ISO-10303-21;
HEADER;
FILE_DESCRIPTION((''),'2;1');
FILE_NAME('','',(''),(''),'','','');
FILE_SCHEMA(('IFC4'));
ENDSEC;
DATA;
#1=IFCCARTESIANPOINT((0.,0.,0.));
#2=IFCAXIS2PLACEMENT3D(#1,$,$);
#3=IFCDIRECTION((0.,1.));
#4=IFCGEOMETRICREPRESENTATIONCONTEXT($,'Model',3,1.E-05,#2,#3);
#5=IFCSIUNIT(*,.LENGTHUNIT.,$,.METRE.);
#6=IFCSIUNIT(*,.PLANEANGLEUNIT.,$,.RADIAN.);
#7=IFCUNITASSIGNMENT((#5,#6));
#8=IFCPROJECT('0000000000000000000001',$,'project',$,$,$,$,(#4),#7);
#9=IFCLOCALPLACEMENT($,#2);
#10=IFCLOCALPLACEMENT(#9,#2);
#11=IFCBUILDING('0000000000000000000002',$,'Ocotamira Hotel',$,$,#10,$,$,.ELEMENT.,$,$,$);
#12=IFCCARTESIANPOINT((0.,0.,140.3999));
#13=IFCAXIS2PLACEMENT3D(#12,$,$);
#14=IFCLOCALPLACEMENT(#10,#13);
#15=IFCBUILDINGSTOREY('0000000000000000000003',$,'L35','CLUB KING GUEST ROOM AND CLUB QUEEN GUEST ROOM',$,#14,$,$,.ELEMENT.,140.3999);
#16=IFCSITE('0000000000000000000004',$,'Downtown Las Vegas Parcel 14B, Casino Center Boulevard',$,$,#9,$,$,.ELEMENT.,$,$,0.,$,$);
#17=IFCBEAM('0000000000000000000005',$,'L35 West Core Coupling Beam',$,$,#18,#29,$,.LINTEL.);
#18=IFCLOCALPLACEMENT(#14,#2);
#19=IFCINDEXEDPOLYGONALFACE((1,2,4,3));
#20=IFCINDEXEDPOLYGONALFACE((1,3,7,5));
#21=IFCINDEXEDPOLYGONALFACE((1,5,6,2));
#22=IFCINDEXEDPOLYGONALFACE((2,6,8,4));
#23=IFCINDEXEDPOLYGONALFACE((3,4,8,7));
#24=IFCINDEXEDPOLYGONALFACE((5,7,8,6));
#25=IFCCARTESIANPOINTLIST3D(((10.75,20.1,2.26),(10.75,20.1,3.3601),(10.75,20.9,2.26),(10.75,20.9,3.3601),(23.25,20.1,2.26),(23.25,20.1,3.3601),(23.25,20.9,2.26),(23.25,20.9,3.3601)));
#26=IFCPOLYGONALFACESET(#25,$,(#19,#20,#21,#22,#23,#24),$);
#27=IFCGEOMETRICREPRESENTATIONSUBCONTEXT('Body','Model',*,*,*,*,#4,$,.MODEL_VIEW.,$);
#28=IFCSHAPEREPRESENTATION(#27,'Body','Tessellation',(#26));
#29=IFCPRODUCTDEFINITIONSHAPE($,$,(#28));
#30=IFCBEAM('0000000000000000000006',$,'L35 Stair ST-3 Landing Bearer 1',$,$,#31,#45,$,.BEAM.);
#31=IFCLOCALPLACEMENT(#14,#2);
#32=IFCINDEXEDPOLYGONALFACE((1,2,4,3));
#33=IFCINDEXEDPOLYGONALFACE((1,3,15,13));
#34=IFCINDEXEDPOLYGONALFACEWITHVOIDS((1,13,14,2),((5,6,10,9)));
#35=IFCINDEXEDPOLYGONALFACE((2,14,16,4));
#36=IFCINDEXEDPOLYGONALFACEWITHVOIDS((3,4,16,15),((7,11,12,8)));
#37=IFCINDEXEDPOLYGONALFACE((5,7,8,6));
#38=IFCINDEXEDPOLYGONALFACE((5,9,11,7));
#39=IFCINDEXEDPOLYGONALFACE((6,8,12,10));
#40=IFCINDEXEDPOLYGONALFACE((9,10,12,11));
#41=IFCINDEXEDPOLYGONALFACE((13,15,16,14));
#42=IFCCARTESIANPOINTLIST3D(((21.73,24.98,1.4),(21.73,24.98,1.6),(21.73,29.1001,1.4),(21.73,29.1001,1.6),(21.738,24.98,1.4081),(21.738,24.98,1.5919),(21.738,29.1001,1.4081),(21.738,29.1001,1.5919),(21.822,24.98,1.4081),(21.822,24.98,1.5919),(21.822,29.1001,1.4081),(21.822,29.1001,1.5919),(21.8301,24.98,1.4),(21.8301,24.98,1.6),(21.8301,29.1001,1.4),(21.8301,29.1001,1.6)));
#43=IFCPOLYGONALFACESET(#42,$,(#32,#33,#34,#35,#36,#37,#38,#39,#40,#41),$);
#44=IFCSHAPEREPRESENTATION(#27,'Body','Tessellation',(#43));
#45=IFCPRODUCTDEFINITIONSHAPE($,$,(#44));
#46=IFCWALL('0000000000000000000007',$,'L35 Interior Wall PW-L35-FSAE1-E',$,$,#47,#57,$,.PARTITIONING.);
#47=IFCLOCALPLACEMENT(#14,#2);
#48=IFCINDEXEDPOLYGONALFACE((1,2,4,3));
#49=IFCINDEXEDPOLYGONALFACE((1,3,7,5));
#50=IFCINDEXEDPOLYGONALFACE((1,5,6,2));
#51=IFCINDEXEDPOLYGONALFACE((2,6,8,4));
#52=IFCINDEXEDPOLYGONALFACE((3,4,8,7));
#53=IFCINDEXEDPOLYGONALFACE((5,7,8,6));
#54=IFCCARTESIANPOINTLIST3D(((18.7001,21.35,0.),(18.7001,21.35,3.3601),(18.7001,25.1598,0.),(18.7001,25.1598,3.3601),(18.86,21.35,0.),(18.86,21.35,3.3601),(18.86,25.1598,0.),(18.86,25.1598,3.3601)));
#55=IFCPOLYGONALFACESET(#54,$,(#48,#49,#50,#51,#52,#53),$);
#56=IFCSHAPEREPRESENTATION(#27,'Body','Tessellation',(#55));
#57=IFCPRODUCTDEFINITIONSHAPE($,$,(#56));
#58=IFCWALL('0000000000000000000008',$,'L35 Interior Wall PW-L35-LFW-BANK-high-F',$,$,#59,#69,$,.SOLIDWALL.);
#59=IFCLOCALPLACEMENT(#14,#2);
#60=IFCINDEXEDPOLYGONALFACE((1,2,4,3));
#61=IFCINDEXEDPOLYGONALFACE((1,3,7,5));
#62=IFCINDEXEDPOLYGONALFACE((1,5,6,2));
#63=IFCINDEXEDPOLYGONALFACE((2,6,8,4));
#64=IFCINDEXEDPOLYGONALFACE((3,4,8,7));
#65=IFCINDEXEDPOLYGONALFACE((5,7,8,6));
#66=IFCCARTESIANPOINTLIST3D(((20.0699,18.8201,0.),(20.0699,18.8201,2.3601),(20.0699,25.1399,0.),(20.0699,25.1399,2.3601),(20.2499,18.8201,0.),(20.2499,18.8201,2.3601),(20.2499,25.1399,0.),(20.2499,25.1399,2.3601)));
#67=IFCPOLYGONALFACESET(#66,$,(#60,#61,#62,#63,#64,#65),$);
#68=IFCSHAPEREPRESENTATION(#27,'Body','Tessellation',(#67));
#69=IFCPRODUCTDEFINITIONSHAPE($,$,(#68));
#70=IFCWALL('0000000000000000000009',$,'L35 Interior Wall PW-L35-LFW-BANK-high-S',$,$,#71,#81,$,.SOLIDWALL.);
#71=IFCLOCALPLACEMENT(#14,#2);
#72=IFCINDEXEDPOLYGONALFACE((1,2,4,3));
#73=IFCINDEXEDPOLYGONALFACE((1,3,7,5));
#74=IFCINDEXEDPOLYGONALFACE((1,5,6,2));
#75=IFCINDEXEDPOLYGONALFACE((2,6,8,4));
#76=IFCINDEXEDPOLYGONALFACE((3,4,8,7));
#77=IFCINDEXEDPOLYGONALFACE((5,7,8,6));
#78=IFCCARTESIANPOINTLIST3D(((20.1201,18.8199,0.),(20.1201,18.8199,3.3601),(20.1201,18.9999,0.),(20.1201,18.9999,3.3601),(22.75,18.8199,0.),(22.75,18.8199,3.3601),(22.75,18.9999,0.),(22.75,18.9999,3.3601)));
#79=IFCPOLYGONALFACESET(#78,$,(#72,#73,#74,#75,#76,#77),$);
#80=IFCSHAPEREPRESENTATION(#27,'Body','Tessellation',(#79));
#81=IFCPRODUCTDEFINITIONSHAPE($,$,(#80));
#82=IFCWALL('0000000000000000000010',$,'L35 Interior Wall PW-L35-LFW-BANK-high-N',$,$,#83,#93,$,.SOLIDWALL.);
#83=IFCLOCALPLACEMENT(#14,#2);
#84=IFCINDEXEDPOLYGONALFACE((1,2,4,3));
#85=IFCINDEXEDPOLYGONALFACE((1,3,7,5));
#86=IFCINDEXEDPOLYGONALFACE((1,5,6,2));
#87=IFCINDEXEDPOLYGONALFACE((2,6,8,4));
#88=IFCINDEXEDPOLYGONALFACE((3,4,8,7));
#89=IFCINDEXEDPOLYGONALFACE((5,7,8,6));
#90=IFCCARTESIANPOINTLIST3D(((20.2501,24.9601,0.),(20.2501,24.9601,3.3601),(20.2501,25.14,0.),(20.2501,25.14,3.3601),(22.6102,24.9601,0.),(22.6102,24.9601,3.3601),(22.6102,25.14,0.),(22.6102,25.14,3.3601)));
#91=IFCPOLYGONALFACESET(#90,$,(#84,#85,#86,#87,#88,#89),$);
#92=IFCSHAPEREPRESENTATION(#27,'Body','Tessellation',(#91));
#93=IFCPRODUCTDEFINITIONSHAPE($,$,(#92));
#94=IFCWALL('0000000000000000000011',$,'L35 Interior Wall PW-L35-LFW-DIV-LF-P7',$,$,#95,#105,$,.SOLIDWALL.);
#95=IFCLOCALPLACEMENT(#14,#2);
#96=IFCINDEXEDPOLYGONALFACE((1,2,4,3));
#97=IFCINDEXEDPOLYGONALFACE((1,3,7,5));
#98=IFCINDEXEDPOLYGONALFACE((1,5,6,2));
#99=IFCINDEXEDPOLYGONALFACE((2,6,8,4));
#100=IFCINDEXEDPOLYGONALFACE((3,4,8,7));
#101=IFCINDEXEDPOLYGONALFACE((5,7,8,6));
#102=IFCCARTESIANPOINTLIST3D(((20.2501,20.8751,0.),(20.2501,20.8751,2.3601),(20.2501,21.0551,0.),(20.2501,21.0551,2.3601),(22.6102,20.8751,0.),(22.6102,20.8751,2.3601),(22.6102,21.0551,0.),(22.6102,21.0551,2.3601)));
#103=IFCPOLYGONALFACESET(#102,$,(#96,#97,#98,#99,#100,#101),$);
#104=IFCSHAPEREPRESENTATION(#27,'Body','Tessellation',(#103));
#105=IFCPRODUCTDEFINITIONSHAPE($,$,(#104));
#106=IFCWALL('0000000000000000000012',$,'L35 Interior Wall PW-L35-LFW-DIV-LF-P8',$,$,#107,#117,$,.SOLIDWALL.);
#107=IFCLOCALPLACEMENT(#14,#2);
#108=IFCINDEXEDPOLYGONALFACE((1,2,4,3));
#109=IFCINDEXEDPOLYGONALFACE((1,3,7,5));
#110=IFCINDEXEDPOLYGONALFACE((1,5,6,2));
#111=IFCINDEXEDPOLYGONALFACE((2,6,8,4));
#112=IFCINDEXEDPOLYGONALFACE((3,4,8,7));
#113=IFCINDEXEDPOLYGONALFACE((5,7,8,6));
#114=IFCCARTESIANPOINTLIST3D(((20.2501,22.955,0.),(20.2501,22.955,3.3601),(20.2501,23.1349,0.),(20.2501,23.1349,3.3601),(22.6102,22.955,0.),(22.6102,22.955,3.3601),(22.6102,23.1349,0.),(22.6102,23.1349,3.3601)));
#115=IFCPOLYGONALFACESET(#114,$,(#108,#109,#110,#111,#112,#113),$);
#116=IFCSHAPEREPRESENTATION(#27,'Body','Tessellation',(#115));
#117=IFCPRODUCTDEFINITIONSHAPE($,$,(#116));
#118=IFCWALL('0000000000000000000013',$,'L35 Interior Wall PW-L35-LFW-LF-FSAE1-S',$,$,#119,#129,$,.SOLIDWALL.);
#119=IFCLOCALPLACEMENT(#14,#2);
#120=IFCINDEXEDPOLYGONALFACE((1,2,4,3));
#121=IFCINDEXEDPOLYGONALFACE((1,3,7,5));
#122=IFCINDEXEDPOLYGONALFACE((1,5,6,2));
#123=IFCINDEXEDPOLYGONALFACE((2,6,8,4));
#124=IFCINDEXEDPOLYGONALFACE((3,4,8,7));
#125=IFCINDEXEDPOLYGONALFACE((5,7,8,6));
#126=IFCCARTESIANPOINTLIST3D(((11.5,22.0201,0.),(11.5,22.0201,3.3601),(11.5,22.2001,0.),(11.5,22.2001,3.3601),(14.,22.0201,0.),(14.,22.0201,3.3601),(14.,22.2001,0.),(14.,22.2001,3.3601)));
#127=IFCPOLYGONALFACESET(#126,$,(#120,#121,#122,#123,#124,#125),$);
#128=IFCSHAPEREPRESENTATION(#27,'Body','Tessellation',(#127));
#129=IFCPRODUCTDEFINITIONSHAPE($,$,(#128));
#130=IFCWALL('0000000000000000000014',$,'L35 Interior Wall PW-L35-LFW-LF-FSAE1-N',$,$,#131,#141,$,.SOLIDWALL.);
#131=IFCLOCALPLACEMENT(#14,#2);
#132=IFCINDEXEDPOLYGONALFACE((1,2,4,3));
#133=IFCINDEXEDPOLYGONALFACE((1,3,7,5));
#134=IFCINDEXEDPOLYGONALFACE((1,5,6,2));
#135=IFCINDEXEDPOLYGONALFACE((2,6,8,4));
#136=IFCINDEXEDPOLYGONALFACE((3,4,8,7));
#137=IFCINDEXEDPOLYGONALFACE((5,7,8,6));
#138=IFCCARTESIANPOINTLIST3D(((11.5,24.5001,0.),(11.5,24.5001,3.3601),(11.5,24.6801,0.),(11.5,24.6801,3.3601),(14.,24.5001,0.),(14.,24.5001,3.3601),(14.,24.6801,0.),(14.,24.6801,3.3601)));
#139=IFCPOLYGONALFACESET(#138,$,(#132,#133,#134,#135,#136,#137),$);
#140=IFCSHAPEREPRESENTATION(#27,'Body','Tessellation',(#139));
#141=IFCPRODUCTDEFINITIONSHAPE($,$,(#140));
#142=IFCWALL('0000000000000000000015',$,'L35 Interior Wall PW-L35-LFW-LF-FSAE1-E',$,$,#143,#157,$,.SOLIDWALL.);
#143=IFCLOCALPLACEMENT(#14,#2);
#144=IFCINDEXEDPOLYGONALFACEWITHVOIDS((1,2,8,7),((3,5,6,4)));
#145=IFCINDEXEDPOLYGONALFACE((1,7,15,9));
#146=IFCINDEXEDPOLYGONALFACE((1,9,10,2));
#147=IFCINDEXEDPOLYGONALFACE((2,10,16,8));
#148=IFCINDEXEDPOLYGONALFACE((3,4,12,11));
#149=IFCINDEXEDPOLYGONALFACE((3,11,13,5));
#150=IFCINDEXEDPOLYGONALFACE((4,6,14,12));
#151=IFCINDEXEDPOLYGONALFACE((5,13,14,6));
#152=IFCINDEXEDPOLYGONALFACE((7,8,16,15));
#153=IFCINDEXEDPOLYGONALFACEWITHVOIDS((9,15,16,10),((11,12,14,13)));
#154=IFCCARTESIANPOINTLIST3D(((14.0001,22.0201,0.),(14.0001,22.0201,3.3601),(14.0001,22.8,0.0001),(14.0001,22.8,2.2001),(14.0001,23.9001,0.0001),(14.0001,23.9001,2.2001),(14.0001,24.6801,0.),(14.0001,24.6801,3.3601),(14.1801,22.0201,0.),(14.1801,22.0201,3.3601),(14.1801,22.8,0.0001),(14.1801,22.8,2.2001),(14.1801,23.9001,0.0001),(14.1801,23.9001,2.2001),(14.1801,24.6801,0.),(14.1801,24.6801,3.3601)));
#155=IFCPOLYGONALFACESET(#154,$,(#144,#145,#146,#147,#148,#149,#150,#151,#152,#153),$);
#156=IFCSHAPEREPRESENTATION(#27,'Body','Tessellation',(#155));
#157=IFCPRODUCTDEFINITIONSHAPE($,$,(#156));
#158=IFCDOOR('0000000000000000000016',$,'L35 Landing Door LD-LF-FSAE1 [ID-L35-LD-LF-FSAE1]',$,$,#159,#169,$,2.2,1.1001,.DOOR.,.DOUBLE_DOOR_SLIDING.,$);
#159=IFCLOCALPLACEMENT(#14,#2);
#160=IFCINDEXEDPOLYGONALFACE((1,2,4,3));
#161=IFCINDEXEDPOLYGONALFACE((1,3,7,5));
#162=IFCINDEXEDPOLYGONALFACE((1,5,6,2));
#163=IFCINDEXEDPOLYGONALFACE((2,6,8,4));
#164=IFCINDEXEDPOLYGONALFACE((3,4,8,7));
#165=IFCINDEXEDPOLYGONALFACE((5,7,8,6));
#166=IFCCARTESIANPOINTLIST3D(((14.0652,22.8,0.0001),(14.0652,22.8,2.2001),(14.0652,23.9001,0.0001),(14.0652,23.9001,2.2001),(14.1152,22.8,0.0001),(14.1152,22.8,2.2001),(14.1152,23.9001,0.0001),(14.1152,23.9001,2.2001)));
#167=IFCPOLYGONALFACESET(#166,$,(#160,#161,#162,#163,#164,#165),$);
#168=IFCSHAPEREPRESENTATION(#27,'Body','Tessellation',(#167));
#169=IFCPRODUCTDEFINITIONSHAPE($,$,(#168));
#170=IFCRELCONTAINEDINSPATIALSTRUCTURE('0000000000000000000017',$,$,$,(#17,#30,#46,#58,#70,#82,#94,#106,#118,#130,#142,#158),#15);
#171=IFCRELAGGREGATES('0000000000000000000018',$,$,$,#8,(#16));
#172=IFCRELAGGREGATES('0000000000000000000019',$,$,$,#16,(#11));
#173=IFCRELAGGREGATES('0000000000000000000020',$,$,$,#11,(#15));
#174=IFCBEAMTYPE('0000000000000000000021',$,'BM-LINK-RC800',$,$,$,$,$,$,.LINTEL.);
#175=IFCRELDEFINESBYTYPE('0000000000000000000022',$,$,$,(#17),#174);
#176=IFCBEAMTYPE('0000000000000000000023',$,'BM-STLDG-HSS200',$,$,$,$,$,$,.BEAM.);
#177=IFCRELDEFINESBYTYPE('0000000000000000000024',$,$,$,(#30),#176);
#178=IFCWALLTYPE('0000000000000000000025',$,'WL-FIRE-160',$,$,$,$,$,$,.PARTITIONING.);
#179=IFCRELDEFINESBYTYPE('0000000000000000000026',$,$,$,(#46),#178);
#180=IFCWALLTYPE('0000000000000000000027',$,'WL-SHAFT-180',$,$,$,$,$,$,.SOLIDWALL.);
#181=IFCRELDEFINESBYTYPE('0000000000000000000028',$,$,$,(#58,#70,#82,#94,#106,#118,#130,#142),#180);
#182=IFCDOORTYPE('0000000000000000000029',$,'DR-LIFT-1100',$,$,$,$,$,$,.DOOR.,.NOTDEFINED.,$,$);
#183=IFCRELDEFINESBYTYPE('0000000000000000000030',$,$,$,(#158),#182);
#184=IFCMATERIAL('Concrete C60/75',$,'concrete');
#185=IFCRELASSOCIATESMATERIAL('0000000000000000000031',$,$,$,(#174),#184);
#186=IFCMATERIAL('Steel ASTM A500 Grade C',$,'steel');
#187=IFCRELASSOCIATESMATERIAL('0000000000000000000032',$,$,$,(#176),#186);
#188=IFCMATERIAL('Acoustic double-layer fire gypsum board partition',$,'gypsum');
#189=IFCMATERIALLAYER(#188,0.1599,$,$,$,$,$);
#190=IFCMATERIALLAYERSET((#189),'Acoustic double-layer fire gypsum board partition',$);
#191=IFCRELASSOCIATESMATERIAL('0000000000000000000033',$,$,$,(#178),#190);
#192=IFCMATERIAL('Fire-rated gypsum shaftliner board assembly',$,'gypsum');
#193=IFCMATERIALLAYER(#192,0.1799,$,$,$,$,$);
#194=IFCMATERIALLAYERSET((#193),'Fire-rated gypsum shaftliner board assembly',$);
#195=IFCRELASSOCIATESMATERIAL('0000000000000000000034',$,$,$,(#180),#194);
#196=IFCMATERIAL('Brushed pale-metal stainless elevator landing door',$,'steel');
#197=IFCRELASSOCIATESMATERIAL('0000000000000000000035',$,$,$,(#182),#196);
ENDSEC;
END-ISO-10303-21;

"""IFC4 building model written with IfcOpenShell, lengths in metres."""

from ifc_helpers import new_model, si_unit, direction, frame, frame_2d, origin, origin_2d, place, context, subcontext, project, spatial, rectangle, hollow_rectangle, extrude, source, transform, mapped, material, layer, layer_set, material_profile, profile_set, type_object, element, fill, save


model = new_model("IFC4")

# Units and contexts
model_context = context("Model", 3, precision=1e-05, world=origin(), true_north=direction((0.0, 1.0)))
body_context = subcontext(model_context, "Body", "Model", "MODEL_VIEW")
ifc_project = project(units=[si_unit("LENGTHUNIT", "METRE"), si_unit("PLANEANGLEUNIT", "RADIAN")], contexts=[model_context])

# Site, building, storey
site_placement = place(None, origin())
site = spatial("IfcSite", under=ifc_project, at=site_placement, Name="Downtown Las Vegas Parcel 14B, Casino Center Boulevard", CompositionType="ELEMENT", RefElevation=0.0)
building_placement = place(site_placement, origin())
building = spatial("IfcBuilding", under=site, at=building_placement, Name="Ocotamira Hotel", CompositionType="ELEMENT")
storey_placement = place(building_placement, frame((0.0, 0.0, 140.3999)))
storey = spatial("IfcBuildingStorey", under=building, at=storey_placement, Name="L35", Description="CLUB KING GUEST ROOM AND CLUB QUEEN GUEST ROOM", CompositionType="ELEMENT", Elevation=140.3999)

# Beams
ifc_material_1 = material(Name="Concrete C60/75", Category="concrete")
ifc_material_profile_1 = material_profile(ifc_material_1, rectangle(XDim=0.8, YDim=1.1001, at=origin_2d()), Name="RC800X1100")
ifc_profile_set_1 = profile_set([ifc_material_profile_1], Name="Concrete C60/75")
beam_type_1 = type_object("IfcBeamType", Name="BM-LINK-RC800", PredefinedType="LINTEL", material=ifc_profile_set_1)
shared_shape_1 = source(origin(), body_context, "Body", "SweptSolid", [
    extrude(rectangle(XDim=0.8, YDim=1.1001, at=origin_2d()), origin(), (0.0, 0.0, 1.0), 12.5),
])
beam_1_placement = place(storey_placement, frame((10.75, 20.5, 2.8101), z_axis=(1.0, 0.0, 0.0), x_axis=(0.0, 1.0, 0.0)))
element("IfcBeam", 1, at=beam_1_placement, inside=storey, type_object=beam_type_1, Name="L35 West Core Coupling Beam", PredefinedType="LINTEL", context=body_context, shape_type="MappedRepresentation", body=[
    mapped(shared_shape_1, transform((0.0, 0.0, 0.0), scale=1.0)),
])
ifc_material_2 = material(Name="Steel ASTM A500 Grade C", Category="steel")
ifc_material_profile_2 = material_profile(ifc_material_2, hollow_rectangle(XDim=0.1001, YDim=0.2, WallThickness=0.0081, at=origin_2d()), Name="HSS200X100X8")
ifc_profile_set_2 = profile_set([ifc_material_profile_2], Name="Steel ASTM A500 Grade C")
beam_type_2 = type_object("IfcBeamType", Name="BM-STLDG-HSS200", PredefinedType="BEAM", material=ifc_profile_set_2)
shared_shape_2 = source(origin(), body_context, "Body", "SweptSolid", [
    extrude(hollow_rectangle(XDim=0.1001, YDim=0.2, WallThickness=0.0081, at=origin_2d()), origin(), (0.0, 0.0, 1.0), 4.1201),
])
beam_2_placement = place(storey_placement, frame((21.78, 24.98, 1.5), z_axis=(0.0, 1.0, 0.0), x_axis=(-1.0, 0.0, 0.0)))
element("IfcBeam", 2, at=beam_2_placement, inside=storey, type_object=beam_type_2, Name="L35 Stair ST-3 Landing Bearer 1", PredefinedType="BEAM", context=body_context, shape_type="MappedRepresentation", body=[
    mapped(shared_shape_2, transform((0.0, 0.0, 0.0), scale=1.0)),
])

# Shared definitions
ifc_material_3 = material(Name="Acoustic double-layer fire gypsum board partition", Category="gypsum")
ifc_layer_1 = layer(ifc_material_3, 0.1599)
ifc_layer_set_1 = layer_set([ifc_layer_1], Name="Acoustic double-layer fire gypsum board partition")
wall_type_1 = type_object("IfcWallType", Name="WL-FIRE-160", PredefinedType="PARTITIONING", material=ifc_layer_set_1)

# Walls
wall_1_placement = place(storey_placement, frame((18.78, 21.3501, 0.0), z_axis=(0.0, 0.0, 1.0), x_axis=(0.0, 1.0, 0.0)))
element("IfcWall", 3, at=wall_1_placement, inside=storey, type_object=wall_type_1, Name="L35 Interior Wall PW-L35-FSAE1-E", PredefinedType="PARTITIONING", context=body_context, shape_type="SweptSolid", body=[
    extrude(rectangle(XDim=3.8098, YDim=0.1599, at=frame_2d((1.9048, 0.0))), origin(), (0.0, 0.0, 1.0), 3.3601),
])
ifc_material_4 = material(Name="Fire-rated gypsum shaftliner board assembly", Category="gypsum")
ifc_layer_2 = layer(ifc_material_4, 0.1799)
ifc_layer_set_2 = layer_set([ifc_layer_2], Name="Fire-rated gypsum shaftliner board assembly")
wall_type_2 = type_object("IfcWallType", Name="WL-SHAFT-180", PredefinedType="SOLIDWALL", material=ifc_layer_set_2)
wall_2_placement = place(storey_placement, frame((20.1599, 18.8201, 0.0), z_axis=(0.0, 0.0, 1.0), x_axis=(0.0, 1.0, 0.0)))
element("IfcWall", 4, at=wall_2_placement, inside=storey, type_object=wall_type_2, Name="L35 Interior Wall PW-L35-LFW-BANK-high-F", PredefinedType="SOLIDWALL", context=body_context, shape_type="SweptSolid", body=[
    extrude(rectangle(XDim=6.3198, YDim=0.1799, at=frame_2d((3.1599, 0.0))), origin(), (0.0, 0.0, 1.0), 2.3601),
])
wall_3_placement = place(storey_placement, frame((20.1201, 18.9099, 0.0), z_axis=(0.0, 0.0, 1.0), x_axis=(1.0, 0.0, 0.0)))
element("IfcWall", 5, at=wall_3_placement, inside=storey, type_object=wall_type_2, Name="L35 Interior Wall PW-L35-LFW-BANK-high-S", PredefinedType="SOLIDWALL", context=body_context, shape_type="SweptSolid", body=[
    extrude(rectangle(XDim=2.6299, YDim=0.1799, at=frame_2d((1.3149, 0.0))), origin(), (0.0, 0.0, 1.0), 3.3601),
])
wall_4_placement = place(storey_placement, frame((20.25, 25.05, 0.0), z_axis=(0.0, 0.0, 1.0), x_axis=(1.0, 0.0, 0.0)))
element("IfcWall", 6, at=wall_4_placement, inside=storey, type_object=wall_type_2, Name="L35 Interior Wall PW-L35-LFW-BANK-high-N", PredefinedType="SOLIDWALL", context=body_context, shape_type="SweptSolid", body=[
    extrude(rectangle(XDim=2.3601, YDim=0.1799, at=frame_2d((1.1802, 0.0))), origin(), (0.0, 0.0, 1.0), 3.3601),
])
wall_5_placement = place(storey_placement, frame((20.25, 20.9651, 0.0), z_axis=(0.0, 0.0, 1.0), x_axis=(1.0, 0.0, 0.0)))
element("IfcWall", 7, at=wall_5_placement, inside=storey, type_object=wall_type_2, Name="L35 Interior Wall PW-L35-LFW-DIV-LF-P7", PredefinedType="SOLIDWALL", context=body_context, shape_type="SweptSolid", body=[
    extrude(rectangle(XDim=2.3601, YDim=0.1799, at=frame_2d((1.1802, 0.0))), origin(), (0.0, 0.0, 1.0), 2.3601),
])
wall_6_placement = place(storey_placement, frame((20.25, 23.0449, 0.0), z_axis=(0.0, 0.0, 1.0), x_axis=(1.0, 0.0, 0.0)))
element("IfcWall", 8, at=wall_6_placement, inside=storey, type_object=wall_type_2, Name="L35 Interior Wall PW-L35-LFW-DIV-LF-P8", PredefinedType="SOLIDWALL", context=body_context, shape_type="SweptSolid", body=[
    extrude(rectangle(XDim=2.3601, YDim=0.1799, at=frame_2d((1.1802, 0.0))), origin(), (0.0, 0.0, 1.0), 3.3601),
])
for number, where, z_axis, x_axis, name in (
    (9, (11.5, 22.1101, 0.0), (0.0, 0.0, 1.0), (1.0, 0.0, 0.0), "L35 Interior Wall PW-L35-LFW-LF-FSAE1-S"),
    (10, (11.5, 24.5901, 0.0), (0.0, 0.0, 1.0), (1.0, 0.0, 0.0), "L35 Interior Wall PW-L35-LFW-LF-FSAE1-N"),
):
    element("IfcWall", number, at=place(storey_placement, frame(where, z_axis=z_axis, x_axis=x_axis)), inside=storey, type_object=wall_type_2, Name=name, PredefinedType="SOLIDWALL", context=body_context, shape_type="SweptSolid", body=[
        extrude(rectangle(XDim=2.5, YDim=0.1799, at=frame_2d((1.25, 0.0))), origin(), (0.0, 0.0, 1.0), 3.3601),
    ])

# Wall, opening, door
wall_7_placement = place(storey_placement, frame((14.0901, 22.02, 0.0), z_axis=(0.0, 0.0, 1.0), x_axis=(0.0, 1.0, 0.0)))
wall_7 = element("IfcWall", 11, at=wall_7_placement, inside=storey, type_object=wall_type_2, Name="L35 Interior Wall PW-L35-LFW-LF-FSAE1-E", PredefinedType="SOLIDWALL", context=body_context, shape_type="SweptSolid", body=[
    extrude(rectangle(XDim=2.6599, YDim=0.1799, at=frame_2d((1.3301, 0.0))), origin(), (0.0, 0.0, 1.0), 3.3601),
])
opening_1_placement = place(wall_7_placement, frame((0.78, 0.0, 0.0)))
opening_1 = element("IfcOpeningElement", 12, at=opening_1_placement, cuts=wall_7, PredefinedType="OPENING", context=body_context, shape_type="SweptSolid", body=[
    extrude(rectangle(XDim=1.1001, YDim=2.2, at=frame_2d((0.55, 1.1001))), frame((0.0, 0.1001, 0.0), z_axis=(0.0, -1.0, 0.0), x_axis=(1.0, 0.0, 0.0)), (0.0, 0.0, 1.0), 0.2),
])
ifc_material_5 = material(Name="Brushed pale-metal stainless elevator landing door", Category="steel")
door_type_1 = type_object("IfcDoorType", Name="DR-LIFT-1100", OperationType="NOTDEFINED", PredefinedType="DOOR", material=ifc_material_5)
shared_shape_3 = source(origin(), body_context, "Body", "SweptSolid", [
    extrude(rectangle(XDim=1.1001, YDim=2.2, at=frame_2d((0.55, 1.1001))), frame((0.0, 0.0249, 0.0), z_axis=(0.0, -1.0, 0.0), x_axis=(1.0, 0.0, 0.0)), (0.0, 0.0, 1.0), 0.05),
])
door_1_placement = place(opening_1_placement, origin())
door_1 = element("IfcDoor", 13, at=door_1_placement, inside=storey, type_object=door_type_1, Name="L35 Landing Door LD-LF-FSAE1 [ID-L35-LD-LF-FSAE1]", OperationType="DOUBLE_DOOR_SLIDING", OverallHeight=2.2, OverallWidth=1.1001, PredefinedType="DOOR", context=body_context, shape_type="MappedRepresentation", body=[
    mapped(shared_shape_3, transform((0.0, 0.0, 0.0), scale=1.0)),
])
fill(opening_1, door_1)

save(model, "model.ifc")
